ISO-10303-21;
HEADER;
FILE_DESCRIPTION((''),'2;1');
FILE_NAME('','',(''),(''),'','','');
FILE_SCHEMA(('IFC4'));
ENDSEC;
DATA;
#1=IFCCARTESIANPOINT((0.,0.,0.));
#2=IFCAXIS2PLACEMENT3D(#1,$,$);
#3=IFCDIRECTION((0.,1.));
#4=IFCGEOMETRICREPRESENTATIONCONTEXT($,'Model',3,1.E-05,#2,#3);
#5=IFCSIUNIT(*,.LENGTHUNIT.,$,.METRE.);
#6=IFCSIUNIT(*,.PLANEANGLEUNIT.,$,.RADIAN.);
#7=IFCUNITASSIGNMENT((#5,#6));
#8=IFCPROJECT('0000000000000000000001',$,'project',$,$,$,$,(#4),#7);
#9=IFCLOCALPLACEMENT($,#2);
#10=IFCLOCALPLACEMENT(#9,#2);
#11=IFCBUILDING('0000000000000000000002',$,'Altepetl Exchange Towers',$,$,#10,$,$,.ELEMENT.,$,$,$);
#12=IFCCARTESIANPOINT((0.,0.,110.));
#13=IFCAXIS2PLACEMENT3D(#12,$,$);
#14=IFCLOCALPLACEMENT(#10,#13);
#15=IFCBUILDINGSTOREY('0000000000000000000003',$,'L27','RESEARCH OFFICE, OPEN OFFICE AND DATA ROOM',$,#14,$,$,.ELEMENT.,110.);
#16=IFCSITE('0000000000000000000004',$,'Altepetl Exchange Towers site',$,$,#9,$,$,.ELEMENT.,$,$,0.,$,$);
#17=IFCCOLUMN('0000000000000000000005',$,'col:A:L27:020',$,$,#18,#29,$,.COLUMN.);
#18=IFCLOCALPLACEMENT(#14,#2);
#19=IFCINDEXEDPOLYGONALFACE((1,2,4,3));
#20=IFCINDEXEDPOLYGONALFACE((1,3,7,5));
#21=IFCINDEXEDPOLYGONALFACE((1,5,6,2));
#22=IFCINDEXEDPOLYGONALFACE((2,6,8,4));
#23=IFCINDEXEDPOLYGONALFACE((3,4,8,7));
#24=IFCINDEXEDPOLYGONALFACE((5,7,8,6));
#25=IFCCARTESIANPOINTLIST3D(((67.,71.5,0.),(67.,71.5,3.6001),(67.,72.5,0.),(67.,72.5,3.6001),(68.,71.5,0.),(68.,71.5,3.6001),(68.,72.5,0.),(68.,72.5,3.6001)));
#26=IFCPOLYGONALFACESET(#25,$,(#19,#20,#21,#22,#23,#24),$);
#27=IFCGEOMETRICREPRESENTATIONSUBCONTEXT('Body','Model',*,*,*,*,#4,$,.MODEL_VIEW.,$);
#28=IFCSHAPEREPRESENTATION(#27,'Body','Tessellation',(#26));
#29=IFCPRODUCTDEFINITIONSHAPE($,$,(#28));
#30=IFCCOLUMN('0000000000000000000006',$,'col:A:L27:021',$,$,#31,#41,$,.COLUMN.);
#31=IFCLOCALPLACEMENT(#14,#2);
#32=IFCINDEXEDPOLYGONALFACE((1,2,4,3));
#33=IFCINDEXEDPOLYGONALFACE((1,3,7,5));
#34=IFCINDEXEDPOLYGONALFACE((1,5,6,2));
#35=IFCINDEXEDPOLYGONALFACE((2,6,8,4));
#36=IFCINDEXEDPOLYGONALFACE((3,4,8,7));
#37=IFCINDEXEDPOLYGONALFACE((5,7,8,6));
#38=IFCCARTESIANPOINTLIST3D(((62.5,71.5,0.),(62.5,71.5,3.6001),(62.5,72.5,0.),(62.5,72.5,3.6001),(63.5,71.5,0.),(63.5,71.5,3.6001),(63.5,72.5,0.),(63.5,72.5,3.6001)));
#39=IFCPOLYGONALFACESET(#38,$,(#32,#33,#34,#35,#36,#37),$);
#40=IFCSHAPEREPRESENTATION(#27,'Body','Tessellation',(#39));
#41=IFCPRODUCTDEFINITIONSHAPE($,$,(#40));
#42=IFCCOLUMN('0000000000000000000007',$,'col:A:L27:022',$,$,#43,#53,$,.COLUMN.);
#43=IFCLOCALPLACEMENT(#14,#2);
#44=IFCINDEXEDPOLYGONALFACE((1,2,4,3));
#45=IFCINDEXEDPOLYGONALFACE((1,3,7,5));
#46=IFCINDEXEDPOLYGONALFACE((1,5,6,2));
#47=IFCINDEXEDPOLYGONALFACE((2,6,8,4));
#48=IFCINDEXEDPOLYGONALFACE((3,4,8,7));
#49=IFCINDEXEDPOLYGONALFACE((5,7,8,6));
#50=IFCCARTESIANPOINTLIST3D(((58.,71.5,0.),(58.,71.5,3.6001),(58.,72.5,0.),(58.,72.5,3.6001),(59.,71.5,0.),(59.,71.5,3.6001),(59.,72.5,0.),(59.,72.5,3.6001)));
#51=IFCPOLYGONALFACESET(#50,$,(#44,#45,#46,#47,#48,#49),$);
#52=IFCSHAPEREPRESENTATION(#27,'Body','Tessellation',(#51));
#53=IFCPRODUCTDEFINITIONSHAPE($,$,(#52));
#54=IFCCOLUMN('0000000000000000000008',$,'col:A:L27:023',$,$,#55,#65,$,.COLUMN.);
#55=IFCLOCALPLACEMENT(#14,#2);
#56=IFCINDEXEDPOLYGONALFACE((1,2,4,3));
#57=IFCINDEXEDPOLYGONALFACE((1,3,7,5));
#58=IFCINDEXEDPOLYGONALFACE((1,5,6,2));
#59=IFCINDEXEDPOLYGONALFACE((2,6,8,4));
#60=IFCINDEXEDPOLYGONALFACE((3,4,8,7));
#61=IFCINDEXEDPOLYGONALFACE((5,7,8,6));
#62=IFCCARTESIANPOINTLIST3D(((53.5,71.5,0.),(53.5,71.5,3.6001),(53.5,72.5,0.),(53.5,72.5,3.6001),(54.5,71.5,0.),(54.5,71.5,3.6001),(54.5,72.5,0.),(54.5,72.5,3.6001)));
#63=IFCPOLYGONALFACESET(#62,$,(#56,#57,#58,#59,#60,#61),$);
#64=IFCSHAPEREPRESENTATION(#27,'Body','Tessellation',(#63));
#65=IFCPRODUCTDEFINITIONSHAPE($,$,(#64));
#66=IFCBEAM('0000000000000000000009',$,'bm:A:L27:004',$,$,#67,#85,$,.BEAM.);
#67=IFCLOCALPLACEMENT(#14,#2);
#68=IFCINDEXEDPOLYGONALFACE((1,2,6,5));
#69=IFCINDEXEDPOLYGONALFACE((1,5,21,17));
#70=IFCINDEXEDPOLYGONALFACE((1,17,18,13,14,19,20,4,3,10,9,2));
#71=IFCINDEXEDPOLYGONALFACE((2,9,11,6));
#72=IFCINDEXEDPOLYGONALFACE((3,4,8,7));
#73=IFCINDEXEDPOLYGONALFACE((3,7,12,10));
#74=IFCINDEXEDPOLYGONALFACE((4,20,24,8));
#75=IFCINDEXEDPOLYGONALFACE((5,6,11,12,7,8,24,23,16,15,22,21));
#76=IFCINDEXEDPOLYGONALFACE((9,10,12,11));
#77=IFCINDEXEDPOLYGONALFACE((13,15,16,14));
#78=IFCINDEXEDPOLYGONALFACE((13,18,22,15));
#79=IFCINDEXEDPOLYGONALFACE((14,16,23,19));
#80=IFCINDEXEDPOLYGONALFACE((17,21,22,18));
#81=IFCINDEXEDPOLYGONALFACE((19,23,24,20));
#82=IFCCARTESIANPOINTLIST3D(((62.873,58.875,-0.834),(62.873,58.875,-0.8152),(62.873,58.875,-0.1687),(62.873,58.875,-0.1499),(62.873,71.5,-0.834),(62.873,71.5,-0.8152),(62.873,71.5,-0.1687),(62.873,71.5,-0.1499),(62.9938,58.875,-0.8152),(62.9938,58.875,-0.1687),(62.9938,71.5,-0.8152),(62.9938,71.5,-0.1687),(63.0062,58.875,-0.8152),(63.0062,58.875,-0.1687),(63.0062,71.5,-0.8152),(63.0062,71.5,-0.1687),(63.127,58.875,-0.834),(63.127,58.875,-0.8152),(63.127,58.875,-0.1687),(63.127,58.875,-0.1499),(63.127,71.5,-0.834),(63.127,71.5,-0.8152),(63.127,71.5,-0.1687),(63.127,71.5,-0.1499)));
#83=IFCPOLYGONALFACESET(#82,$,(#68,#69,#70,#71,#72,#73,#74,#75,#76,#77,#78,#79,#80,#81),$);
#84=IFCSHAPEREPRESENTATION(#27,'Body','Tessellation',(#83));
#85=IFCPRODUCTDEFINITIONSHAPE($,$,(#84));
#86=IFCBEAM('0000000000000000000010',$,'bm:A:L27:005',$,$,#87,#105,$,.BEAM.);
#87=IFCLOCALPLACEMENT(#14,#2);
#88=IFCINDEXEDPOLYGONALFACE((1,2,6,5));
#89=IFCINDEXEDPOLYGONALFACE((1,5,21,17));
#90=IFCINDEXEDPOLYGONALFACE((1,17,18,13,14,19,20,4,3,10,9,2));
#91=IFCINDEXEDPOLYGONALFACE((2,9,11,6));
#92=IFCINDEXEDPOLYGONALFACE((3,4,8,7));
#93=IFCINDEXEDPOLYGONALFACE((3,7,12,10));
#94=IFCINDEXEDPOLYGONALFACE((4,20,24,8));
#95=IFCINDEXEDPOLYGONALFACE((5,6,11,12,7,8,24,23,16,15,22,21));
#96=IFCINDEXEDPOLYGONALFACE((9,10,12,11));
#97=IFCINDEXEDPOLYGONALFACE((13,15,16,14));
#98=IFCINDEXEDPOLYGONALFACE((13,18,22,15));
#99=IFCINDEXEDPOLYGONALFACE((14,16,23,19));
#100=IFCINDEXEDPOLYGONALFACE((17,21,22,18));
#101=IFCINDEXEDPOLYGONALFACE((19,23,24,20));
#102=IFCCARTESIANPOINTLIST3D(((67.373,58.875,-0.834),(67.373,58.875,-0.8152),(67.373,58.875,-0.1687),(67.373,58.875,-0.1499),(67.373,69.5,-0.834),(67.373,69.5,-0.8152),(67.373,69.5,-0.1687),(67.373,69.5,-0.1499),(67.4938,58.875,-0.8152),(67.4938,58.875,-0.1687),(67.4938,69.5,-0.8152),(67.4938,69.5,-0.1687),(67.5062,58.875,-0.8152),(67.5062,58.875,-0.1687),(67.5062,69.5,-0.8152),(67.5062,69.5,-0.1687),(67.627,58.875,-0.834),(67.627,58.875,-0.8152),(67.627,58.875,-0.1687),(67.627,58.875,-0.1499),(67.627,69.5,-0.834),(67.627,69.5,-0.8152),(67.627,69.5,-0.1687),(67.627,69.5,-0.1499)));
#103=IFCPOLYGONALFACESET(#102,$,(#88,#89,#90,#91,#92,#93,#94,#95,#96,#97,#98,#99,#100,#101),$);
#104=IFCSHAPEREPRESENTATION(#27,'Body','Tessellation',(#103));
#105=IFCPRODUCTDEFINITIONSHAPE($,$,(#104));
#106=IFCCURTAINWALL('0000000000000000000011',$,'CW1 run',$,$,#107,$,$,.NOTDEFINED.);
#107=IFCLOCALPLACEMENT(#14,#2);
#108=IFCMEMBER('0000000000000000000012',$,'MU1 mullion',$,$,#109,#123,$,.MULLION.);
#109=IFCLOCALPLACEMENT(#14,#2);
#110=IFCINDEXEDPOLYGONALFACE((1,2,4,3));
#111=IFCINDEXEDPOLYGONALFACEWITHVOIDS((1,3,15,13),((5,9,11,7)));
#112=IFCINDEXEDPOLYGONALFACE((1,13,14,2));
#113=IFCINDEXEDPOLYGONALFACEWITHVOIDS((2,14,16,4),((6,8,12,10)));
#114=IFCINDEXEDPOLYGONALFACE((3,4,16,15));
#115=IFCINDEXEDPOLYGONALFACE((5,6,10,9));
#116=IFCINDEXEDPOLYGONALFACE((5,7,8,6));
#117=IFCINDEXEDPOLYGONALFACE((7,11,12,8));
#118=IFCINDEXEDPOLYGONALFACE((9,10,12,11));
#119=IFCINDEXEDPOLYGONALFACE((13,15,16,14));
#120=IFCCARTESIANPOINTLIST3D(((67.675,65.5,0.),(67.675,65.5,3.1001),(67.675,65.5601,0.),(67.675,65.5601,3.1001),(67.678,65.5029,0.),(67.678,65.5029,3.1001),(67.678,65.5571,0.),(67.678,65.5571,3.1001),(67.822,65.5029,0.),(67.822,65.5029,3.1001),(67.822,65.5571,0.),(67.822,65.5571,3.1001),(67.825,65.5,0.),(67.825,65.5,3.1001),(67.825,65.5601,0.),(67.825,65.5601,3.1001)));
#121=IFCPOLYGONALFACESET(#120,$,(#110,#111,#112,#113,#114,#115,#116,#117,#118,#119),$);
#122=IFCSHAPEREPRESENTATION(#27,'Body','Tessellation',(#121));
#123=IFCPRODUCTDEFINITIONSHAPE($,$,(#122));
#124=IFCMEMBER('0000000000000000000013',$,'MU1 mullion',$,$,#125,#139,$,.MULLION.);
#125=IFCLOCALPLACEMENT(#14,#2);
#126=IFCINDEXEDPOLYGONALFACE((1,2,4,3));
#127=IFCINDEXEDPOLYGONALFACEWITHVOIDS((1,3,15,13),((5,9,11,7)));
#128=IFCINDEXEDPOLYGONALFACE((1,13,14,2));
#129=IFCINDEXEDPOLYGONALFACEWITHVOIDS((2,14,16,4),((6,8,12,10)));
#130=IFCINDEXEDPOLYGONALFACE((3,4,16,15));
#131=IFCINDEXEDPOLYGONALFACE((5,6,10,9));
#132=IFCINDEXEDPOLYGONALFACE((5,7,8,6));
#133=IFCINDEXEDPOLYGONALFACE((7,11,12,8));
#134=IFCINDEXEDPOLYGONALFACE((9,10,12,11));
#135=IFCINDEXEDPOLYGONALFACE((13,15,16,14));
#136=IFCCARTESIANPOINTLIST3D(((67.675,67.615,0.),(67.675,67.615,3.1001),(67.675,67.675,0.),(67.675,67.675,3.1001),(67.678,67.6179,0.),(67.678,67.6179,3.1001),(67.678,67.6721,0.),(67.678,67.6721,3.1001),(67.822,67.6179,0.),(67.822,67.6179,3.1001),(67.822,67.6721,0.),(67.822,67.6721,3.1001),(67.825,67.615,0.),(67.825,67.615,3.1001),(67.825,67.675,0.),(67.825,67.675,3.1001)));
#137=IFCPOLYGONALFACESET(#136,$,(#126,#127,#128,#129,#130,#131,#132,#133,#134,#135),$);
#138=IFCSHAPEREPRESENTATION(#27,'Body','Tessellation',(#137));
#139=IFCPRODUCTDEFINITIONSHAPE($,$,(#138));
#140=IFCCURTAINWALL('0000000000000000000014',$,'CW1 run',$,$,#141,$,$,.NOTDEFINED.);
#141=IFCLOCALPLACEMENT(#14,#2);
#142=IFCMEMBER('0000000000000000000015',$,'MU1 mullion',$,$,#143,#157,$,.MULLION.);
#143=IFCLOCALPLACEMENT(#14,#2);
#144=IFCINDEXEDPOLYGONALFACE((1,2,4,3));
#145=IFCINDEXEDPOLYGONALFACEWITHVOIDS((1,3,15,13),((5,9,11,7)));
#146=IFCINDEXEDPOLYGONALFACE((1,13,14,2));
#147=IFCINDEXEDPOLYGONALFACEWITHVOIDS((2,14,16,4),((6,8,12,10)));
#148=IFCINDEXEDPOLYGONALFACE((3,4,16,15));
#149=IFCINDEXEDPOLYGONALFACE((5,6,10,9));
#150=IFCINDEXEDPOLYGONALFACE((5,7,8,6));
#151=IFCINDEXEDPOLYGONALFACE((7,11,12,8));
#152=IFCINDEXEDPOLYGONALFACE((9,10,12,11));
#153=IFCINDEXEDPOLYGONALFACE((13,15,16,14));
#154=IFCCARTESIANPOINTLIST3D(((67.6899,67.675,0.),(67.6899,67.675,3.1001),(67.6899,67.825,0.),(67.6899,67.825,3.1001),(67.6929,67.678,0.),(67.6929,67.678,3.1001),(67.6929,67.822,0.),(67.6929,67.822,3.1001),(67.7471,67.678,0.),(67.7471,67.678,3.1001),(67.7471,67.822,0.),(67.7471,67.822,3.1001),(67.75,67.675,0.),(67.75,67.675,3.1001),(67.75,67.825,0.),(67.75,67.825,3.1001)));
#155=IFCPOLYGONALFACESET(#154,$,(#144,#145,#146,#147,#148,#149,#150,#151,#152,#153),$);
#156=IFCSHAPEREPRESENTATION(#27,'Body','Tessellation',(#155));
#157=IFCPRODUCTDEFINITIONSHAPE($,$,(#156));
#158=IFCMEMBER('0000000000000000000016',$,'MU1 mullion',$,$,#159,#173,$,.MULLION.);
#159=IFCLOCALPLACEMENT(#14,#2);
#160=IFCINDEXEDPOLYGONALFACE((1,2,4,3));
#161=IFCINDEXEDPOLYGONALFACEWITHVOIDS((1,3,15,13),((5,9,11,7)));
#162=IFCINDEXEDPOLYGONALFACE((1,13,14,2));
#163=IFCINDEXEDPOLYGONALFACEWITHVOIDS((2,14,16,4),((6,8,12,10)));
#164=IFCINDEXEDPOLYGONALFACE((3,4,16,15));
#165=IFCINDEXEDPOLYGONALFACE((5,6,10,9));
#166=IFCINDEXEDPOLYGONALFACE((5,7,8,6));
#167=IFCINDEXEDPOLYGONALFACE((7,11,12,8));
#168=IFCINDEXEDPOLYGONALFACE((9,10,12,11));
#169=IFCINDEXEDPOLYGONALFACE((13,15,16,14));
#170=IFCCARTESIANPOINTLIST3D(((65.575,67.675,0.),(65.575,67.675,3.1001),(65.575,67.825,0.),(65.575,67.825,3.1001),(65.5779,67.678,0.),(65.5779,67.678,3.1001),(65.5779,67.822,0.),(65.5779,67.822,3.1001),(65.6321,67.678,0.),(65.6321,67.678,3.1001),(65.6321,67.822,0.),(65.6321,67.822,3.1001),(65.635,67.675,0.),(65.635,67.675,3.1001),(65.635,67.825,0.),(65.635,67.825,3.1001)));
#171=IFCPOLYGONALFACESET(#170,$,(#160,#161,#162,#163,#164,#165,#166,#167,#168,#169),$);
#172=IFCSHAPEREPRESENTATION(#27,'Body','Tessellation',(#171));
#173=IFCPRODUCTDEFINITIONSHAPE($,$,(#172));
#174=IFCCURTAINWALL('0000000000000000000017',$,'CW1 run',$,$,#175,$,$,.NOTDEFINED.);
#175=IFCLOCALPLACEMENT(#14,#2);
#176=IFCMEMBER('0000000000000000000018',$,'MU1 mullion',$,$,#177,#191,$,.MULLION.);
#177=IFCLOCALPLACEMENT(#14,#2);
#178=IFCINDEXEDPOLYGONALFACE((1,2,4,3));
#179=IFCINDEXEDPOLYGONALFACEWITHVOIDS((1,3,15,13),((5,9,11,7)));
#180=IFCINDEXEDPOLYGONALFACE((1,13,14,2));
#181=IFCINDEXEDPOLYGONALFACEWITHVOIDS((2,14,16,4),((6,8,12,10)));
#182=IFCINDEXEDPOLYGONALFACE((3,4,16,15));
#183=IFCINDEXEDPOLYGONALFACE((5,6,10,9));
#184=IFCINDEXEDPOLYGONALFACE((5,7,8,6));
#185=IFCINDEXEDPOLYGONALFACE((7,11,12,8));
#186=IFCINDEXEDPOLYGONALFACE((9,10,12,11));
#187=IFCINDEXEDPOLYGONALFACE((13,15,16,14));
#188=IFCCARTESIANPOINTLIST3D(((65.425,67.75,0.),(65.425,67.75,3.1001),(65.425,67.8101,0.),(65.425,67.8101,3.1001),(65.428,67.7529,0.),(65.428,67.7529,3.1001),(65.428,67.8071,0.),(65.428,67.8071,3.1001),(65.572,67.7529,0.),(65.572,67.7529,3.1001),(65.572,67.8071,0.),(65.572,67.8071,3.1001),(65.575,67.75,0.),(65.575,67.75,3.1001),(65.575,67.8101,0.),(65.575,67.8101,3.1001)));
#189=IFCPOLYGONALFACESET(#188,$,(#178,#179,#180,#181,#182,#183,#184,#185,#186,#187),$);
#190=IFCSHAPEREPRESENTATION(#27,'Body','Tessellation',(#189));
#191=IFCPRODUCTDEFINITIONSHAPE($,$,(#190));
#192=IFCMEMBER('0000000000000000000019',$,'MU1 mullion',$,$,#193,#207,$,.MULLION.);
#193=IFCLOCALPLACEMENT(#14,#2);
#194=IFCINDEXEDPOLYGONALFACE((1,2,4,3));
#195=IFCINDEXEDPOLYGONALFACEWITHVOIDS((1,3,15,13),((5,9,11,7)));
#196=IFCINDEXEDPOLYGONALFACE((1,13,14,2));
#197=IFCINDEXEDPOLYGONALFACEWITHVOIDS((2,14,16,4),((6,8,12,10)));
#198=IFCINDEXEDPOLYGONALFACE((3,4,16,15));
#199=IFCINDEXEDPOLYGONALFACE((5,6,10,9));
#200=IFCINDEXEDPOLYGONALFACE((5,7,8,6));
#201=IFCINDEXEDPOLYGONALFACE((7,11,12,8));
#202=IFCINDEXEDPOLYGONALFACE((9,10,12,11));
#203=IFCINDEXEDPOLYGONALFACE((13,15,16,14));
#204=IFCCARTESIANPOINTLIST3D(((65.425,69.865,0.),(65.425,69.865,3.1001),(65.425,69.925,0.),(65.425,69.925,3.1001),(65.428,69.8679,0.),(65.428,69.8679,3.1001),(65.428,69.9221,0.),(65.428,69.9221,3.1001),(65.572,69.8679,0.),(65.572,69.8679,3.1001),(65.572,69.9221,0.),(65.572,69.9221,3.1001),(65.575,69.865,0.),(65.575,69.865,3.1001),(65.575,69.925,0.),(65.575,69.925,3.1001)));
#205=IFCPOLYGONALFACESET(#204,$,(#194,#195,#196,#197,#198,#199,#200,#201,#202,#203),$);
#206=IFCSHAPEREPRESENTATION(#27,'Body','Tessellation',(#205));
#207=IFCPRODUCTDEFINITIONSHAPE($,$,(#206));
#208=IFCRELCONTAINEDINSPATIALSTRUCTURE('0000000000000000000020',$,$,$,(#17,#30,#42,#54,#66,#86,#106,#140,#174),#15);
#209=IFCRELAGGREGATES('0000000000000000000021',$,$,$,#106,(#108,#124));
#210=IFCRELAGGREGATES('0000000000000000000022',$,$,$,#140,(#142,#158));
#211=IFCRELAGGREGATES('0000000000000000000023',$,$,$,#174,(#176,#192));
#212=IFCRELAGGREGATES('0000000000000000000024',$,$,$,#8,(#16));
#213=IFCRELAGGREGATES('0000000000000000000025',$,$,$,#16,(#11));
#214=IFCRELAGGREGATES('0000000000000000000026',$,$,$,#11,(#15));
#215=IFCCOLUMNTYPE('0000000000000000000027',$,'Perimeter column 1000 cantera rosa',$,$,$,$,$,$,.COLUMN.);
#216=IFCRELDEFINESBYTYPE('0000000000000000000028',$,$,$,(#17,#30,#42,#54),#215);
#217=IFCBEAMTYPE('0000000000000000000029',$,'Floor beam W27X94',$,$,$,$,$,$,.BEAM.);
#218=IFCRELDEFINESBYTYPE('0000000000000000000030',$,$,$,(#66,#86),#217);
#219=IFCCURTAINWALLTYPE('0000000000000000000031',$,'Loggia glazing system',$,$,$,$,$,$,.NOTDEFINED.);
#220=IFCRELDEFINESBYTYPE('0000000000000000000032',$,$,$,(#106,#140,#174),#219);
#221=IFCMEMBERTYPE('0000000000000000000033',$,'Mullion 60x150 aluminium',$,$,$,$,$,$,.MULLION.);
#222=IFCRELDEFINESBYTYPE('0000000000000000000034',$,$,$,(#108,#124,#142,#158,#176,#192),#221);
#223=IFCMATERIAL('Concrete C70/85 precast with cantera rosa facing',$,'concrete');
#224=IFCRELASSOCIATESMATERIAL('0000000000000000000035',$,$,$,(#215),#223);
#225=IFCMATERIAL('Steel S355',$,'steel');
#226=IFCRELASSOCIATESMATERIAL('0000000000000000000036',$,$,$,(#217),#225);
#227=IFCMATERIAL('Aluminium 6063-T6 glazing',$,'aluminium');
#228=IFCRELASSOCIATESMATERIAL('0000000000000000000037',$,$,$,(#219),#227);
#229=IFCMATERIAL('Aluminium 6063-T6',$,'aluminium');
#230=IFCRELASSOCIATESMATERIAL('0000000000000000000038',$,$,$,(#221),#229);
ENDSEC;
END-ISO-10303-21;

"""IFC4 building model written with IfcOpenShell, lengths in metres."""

from ifc_helpers import new_model, si_unit, direction, frame, origin, origin_2d, place, context, subcontext, project, spatial, rectangle, hollow_rectangle, i_section, extrude, material, material_profile, profile_set, type_object, element, aggregate, save


model = new_model("IFC4")

# Units and contexts
model_context = context("Model", 3, precision=1e-05, world=origin(), true_north=direction((0.0, 1.0)))
body_context = subcontext(model_context, "Body", "Model", "MODEL_VIEW")
ifc_project = project(units=[si_unit("LENGTHUNIT", "METRE"), si_unit("PLANEANGLEUNIT", "RADIAN")], contexts=[model_context])

# Site, building, storey
site_placement = place(None, origin())
site = spatial("IfcSite", under=ifc_project, at=site_placement, Name="Altepetl Exchange Towers site", CompositionType="ELEMENT", RefElevation=0.0)
building_placement = place(site_placement, origin())
building = spatial("IfcBuilding", under=site, at=building_placement, Name="Altepetl Exchange Towers", CompositionType="ELEMENT")
storey_placement = place(building_placement, frame((0.0, 0.0, 110.0)))
storey = spatial("IfcBuildingStorey", under=building, at=storey_placement, Name="L27", Description="RESEARCH OFFICE, OPEN OFFICE AND DATA ROOM", CompositionType="ELEMENT", Elevation=110.0)

# Columns
ifc_material_1 = material(Name="Concrete C70/85 precast with cantera rosa facing", Category="concrete")
ifc_material_profile_1 = material_profile(ifc_material_1, rectangle(XDim=1.0, YDim=1.0, at=origin_2d()), Name="1000 x 1000")
ifc_profile_set_1 = profile_set([ifc_material_profile_1], Name="Concrete C70/85 precast with cantera rosa facing")
column_type = type_object("IfcColumnType", Name="Perimeter column 1000 cantera rosa", PredefinedType="COLUMN", material=ifc_profile_set_1)
for number, where, name in (
    (1, (67.5, 72.0, 0.0), "col:A:L27:020"),
    (2, (63.0, 72.0, 0.0), "col:A:L27:021"),
    (3, (58.5, 72.0, 0.0), "col:A:L27:022"),
    (4, (54.0, 72.0, 0.0), "col:A:L27:023"),
):
    element("IfcColumn", number, at=place(storey_placement, frame(where)), inside=storey, type_object=column_type, Name=name, PredefinedType="COLUMN", context=body_context, shape_type="SweptSolid", body=[
        extrude(rectangle(XDim=1.0, YDim=1.0, at=origin_2d()), origin(), (0.0, 0.0, 1.0), 3.6001),
    ])

# Beams
ifc_material_2 = material(Name="Steel S355", Category="steel")
ifc_material_profile_2 = material_profile(ifc_material_2, i_section(OverallWidth=0.2539, OverallDepth=0.6841, WebThickness=0.0125, FlangeThickness=0.0188, at=origin_2d()), Name="W27X94")
ifc_profile_set_2 = profile_set([ifc_material_profile_2], Name="Steel S355")
beam_type_1 = type_object("IfcBeamType", Name="Floor beam W27X94", PredefinedType="BEAM", material=ifc_profile_set_2)
beam_1_placement = place(storey_placement, frame((63.0, 58.875, -0.4919), z_axis=(0.0, 1.0, 0.0), x_axis=(-1.0, 0.0, 0.0)))
element("IfcBeam", 5, at=beam_1_placement, inside=storey, type_object=beam_type_1, Name="bm:A:L27:004", PredefinedType="BEAM", context=body_context, shape_type="SweptSolid", body=[
    extrude(i_section(OverallWidth=0.2539, OverallDepth=0.6841, WebThickness=0.0125, FlangeThickness=0.0188, at=origin_2d()), origin(), (0.0, 0.0, 1.0), 12.625),
])
beam_2_placement = place(storey_placement, frame((67.5, 58.875, -0.4919), z_axis=(0.0, 1.0, 0.0), x_axis=(-1.0, 0.0, 0.0)))
element("IfcBeam", 6, at=beam_2_placement, inside=storey, type_object=beam_type_1, Name="bm:A:L27:005", PredefinedType="BEAM", context=body_context, shape_type="SweptSolid", body=[
    extrude(i_section(OverallWidth=0.2539, OverallDepth=0.6841, WebThickness=0.0125, FlangeThickness=0.0188, at=origin_2d()), origin(), (0.0, 0.0, 1.0), 10.625),
])

# Curtain walls, members
ifc_material_3 = material(Name="Aluminium 6063-T6 glazing", Category="aluminium")
curtain_wall_type = type_object("IfcCurtainWallType", Name="Loggia glazing system", PredefinedType="NOTDEFINED", material=ifc_material_3)
curtain_wall_1_placement = place(storey_placement, origin())
curtain_wall_1 = element("IfcCurtainWall", 7, at=curtain_wall_1_placement, inside=storey, type_object=curtain_wall_type, Name="CW1 run", PredefinedType="NOTDEFINED")
ifc_material_4 = material(Name="Aluminium 6063-T6", Category="aluminium")
ifc_material_profile_3 = material_profile(ifc_material_4, hollow_rectangle(XDim=0.0601, YDim=0.1499, WallThickness=0.0029, at=origin_2d()), Name="Mullion 60x150 aluminium")
ifc_profile_set_3 = profile_set([ifc_material_profile_3], Name="Aluminium 6063-T6")
member_type = type_object("IfcMemberType", Name="Mullion 60x150 aluminium", PredefinedType="MULLION", material=ifc_profile_set_3)
member_1_placement = place(storey_placement, frame((67.75, 65.53, 0.0), z_axis=(0.0, 0.0, 1.0), x_axis=(0.0, 1.0, 0.0)))
member_1 = element("IfcMember", 8, at=member_1_placement, type_object=member_type, Name="MU1 mullion", PredefinedType="MULLION", context=body_context, shape_type="SweptSolid", body=[
    extrude(hollow_rectangle(XDim=0.0601, YDim=0.1499, WallThickness=0.0029, at=origin_2d()), origin(), (0.0, 0.0, 1.0), 3.1001),
])
member_2_placement = place(storey_placement, frame((67.75, 67.645, 0.0), z_axis=(0.0, 0.0, 1.0), x_axis=(0.0, 1.0, 0.0)))
member_2 = element("IfcMember", 9, at=member_2_placement, type_object=member_type, Name="MU1 mullion", PredefinedType="MULLION", context=body_context, shape_type="SweptSolid", body=[
    extrude(hollow_rectangle(XDim=0.0601, YDim=0.1499, WallThickness=0.0029, at=origin_2d()), origin(), (0.0, 0.0, 1.0), 3.1001),
])
curtain_wall_2_placement = place(storey_placement, origin())
curtain_wall_2 = element("IfcCurtainWall", 10, at=curtain_wall_2_placement, inside=storey, type_object=curtain_wall_type, Name="CW1 run", PredefinedType="NOTDEFINED")
member_3_placement = place(storey_placement, frame((67.72, 67.75, 0.0), z_axis=(0.0, 0.0, 1.0), x_axis=(-1.0, 0.0, 0.0)))
member_3 = element("IfcMember", 11, at=member_3_placement, type_object=member_type, Name="MU1 mullion", PredefinedType="MULLION", context=body_context, shape_type="SweptSolid", body=[
    extrude(hollow_rectangle(XDim=0.0601, YDim=0.1499, WallThickness=0.0029, at=origin_2d()), origin(), (0.0, 0.0, 1.0), 3.1001),
])
member_4_placement = place(storey_placement, frame((65.605, 67.75, 0.0), z_axis=(0.0, 0.0, 1.0), x_axis=(-1.0, 0.0, 0.0)))
member_4 = element("IfcMember", 12, at=member_4_placement, type_object=member_type, Name="MU1 mullion", PredefinedType="MULLION", context=body_context, shape_type="SweptSolid", body=[
    extrude(hollow_rectangle(XDim=0.0601, YDim=0.1499, WallThickness=0.0029, at=origin_2d()), origin(), (0.0, 0.0, 1.0), 3.1001),
])
curtain_wall_3_placement = place(storey_placement, origin())
curtain_wall_3 = element("IfcCurtainWall", 13, at=curtain_wall_3_placement, inside=storey, type_object=curtain_wall_type, Name="CW1 run", PredefinedType="NOTDEFINED")
member_5_placement = place(storey_placement, frame((65.5, 67.78, 0.0), z_axis=(0.0, 0.0, 1.0), x_axis=(0.0, 1.0, 0.0)))
member_5 = element("IfcMember", 14, at=member_5_placement, type_object=member_type, Name="MU1 mullion", PredefinedType="MULLION", context=body_context, shape_type="SweptSolid", body=[
    extrude(hollow_rectangle(XDim=0.0601, YDim=0.1499, WallThickness=0.0029, at=origin_2d()), origin(), (0.0, 0.0, 1.0), 3.1001),
])
member_6_placement = place(storey_placement, frame((65.5, 69.895, 0.0), z_axis=(0.0, 0.0, 1.0), x_axis=(0.0, 1.0, 0.0)))
member_6 = element("IfcMember", 15, at=member_6_placement, type_object=member_type, Name="MU1 mullion", PredefinedType="MULLION", context=body_context, shape_type="SweptSolid", body=[
    extrude(hollow_rectangle(XDim=0.0601, YDim=0.1499, WallThickness=0.0029, at=origin_2d()), origin(), (0.0, 0.0, 1.0), 3.1001),
])

aggregate(curtain_wall_1, [member_1, member_2])
aggregate(curtain_wall_2, [member_3, member_4])
aggregate(curtain_wall_3, [member_5, member_6])

save(model, "model.ifc")
